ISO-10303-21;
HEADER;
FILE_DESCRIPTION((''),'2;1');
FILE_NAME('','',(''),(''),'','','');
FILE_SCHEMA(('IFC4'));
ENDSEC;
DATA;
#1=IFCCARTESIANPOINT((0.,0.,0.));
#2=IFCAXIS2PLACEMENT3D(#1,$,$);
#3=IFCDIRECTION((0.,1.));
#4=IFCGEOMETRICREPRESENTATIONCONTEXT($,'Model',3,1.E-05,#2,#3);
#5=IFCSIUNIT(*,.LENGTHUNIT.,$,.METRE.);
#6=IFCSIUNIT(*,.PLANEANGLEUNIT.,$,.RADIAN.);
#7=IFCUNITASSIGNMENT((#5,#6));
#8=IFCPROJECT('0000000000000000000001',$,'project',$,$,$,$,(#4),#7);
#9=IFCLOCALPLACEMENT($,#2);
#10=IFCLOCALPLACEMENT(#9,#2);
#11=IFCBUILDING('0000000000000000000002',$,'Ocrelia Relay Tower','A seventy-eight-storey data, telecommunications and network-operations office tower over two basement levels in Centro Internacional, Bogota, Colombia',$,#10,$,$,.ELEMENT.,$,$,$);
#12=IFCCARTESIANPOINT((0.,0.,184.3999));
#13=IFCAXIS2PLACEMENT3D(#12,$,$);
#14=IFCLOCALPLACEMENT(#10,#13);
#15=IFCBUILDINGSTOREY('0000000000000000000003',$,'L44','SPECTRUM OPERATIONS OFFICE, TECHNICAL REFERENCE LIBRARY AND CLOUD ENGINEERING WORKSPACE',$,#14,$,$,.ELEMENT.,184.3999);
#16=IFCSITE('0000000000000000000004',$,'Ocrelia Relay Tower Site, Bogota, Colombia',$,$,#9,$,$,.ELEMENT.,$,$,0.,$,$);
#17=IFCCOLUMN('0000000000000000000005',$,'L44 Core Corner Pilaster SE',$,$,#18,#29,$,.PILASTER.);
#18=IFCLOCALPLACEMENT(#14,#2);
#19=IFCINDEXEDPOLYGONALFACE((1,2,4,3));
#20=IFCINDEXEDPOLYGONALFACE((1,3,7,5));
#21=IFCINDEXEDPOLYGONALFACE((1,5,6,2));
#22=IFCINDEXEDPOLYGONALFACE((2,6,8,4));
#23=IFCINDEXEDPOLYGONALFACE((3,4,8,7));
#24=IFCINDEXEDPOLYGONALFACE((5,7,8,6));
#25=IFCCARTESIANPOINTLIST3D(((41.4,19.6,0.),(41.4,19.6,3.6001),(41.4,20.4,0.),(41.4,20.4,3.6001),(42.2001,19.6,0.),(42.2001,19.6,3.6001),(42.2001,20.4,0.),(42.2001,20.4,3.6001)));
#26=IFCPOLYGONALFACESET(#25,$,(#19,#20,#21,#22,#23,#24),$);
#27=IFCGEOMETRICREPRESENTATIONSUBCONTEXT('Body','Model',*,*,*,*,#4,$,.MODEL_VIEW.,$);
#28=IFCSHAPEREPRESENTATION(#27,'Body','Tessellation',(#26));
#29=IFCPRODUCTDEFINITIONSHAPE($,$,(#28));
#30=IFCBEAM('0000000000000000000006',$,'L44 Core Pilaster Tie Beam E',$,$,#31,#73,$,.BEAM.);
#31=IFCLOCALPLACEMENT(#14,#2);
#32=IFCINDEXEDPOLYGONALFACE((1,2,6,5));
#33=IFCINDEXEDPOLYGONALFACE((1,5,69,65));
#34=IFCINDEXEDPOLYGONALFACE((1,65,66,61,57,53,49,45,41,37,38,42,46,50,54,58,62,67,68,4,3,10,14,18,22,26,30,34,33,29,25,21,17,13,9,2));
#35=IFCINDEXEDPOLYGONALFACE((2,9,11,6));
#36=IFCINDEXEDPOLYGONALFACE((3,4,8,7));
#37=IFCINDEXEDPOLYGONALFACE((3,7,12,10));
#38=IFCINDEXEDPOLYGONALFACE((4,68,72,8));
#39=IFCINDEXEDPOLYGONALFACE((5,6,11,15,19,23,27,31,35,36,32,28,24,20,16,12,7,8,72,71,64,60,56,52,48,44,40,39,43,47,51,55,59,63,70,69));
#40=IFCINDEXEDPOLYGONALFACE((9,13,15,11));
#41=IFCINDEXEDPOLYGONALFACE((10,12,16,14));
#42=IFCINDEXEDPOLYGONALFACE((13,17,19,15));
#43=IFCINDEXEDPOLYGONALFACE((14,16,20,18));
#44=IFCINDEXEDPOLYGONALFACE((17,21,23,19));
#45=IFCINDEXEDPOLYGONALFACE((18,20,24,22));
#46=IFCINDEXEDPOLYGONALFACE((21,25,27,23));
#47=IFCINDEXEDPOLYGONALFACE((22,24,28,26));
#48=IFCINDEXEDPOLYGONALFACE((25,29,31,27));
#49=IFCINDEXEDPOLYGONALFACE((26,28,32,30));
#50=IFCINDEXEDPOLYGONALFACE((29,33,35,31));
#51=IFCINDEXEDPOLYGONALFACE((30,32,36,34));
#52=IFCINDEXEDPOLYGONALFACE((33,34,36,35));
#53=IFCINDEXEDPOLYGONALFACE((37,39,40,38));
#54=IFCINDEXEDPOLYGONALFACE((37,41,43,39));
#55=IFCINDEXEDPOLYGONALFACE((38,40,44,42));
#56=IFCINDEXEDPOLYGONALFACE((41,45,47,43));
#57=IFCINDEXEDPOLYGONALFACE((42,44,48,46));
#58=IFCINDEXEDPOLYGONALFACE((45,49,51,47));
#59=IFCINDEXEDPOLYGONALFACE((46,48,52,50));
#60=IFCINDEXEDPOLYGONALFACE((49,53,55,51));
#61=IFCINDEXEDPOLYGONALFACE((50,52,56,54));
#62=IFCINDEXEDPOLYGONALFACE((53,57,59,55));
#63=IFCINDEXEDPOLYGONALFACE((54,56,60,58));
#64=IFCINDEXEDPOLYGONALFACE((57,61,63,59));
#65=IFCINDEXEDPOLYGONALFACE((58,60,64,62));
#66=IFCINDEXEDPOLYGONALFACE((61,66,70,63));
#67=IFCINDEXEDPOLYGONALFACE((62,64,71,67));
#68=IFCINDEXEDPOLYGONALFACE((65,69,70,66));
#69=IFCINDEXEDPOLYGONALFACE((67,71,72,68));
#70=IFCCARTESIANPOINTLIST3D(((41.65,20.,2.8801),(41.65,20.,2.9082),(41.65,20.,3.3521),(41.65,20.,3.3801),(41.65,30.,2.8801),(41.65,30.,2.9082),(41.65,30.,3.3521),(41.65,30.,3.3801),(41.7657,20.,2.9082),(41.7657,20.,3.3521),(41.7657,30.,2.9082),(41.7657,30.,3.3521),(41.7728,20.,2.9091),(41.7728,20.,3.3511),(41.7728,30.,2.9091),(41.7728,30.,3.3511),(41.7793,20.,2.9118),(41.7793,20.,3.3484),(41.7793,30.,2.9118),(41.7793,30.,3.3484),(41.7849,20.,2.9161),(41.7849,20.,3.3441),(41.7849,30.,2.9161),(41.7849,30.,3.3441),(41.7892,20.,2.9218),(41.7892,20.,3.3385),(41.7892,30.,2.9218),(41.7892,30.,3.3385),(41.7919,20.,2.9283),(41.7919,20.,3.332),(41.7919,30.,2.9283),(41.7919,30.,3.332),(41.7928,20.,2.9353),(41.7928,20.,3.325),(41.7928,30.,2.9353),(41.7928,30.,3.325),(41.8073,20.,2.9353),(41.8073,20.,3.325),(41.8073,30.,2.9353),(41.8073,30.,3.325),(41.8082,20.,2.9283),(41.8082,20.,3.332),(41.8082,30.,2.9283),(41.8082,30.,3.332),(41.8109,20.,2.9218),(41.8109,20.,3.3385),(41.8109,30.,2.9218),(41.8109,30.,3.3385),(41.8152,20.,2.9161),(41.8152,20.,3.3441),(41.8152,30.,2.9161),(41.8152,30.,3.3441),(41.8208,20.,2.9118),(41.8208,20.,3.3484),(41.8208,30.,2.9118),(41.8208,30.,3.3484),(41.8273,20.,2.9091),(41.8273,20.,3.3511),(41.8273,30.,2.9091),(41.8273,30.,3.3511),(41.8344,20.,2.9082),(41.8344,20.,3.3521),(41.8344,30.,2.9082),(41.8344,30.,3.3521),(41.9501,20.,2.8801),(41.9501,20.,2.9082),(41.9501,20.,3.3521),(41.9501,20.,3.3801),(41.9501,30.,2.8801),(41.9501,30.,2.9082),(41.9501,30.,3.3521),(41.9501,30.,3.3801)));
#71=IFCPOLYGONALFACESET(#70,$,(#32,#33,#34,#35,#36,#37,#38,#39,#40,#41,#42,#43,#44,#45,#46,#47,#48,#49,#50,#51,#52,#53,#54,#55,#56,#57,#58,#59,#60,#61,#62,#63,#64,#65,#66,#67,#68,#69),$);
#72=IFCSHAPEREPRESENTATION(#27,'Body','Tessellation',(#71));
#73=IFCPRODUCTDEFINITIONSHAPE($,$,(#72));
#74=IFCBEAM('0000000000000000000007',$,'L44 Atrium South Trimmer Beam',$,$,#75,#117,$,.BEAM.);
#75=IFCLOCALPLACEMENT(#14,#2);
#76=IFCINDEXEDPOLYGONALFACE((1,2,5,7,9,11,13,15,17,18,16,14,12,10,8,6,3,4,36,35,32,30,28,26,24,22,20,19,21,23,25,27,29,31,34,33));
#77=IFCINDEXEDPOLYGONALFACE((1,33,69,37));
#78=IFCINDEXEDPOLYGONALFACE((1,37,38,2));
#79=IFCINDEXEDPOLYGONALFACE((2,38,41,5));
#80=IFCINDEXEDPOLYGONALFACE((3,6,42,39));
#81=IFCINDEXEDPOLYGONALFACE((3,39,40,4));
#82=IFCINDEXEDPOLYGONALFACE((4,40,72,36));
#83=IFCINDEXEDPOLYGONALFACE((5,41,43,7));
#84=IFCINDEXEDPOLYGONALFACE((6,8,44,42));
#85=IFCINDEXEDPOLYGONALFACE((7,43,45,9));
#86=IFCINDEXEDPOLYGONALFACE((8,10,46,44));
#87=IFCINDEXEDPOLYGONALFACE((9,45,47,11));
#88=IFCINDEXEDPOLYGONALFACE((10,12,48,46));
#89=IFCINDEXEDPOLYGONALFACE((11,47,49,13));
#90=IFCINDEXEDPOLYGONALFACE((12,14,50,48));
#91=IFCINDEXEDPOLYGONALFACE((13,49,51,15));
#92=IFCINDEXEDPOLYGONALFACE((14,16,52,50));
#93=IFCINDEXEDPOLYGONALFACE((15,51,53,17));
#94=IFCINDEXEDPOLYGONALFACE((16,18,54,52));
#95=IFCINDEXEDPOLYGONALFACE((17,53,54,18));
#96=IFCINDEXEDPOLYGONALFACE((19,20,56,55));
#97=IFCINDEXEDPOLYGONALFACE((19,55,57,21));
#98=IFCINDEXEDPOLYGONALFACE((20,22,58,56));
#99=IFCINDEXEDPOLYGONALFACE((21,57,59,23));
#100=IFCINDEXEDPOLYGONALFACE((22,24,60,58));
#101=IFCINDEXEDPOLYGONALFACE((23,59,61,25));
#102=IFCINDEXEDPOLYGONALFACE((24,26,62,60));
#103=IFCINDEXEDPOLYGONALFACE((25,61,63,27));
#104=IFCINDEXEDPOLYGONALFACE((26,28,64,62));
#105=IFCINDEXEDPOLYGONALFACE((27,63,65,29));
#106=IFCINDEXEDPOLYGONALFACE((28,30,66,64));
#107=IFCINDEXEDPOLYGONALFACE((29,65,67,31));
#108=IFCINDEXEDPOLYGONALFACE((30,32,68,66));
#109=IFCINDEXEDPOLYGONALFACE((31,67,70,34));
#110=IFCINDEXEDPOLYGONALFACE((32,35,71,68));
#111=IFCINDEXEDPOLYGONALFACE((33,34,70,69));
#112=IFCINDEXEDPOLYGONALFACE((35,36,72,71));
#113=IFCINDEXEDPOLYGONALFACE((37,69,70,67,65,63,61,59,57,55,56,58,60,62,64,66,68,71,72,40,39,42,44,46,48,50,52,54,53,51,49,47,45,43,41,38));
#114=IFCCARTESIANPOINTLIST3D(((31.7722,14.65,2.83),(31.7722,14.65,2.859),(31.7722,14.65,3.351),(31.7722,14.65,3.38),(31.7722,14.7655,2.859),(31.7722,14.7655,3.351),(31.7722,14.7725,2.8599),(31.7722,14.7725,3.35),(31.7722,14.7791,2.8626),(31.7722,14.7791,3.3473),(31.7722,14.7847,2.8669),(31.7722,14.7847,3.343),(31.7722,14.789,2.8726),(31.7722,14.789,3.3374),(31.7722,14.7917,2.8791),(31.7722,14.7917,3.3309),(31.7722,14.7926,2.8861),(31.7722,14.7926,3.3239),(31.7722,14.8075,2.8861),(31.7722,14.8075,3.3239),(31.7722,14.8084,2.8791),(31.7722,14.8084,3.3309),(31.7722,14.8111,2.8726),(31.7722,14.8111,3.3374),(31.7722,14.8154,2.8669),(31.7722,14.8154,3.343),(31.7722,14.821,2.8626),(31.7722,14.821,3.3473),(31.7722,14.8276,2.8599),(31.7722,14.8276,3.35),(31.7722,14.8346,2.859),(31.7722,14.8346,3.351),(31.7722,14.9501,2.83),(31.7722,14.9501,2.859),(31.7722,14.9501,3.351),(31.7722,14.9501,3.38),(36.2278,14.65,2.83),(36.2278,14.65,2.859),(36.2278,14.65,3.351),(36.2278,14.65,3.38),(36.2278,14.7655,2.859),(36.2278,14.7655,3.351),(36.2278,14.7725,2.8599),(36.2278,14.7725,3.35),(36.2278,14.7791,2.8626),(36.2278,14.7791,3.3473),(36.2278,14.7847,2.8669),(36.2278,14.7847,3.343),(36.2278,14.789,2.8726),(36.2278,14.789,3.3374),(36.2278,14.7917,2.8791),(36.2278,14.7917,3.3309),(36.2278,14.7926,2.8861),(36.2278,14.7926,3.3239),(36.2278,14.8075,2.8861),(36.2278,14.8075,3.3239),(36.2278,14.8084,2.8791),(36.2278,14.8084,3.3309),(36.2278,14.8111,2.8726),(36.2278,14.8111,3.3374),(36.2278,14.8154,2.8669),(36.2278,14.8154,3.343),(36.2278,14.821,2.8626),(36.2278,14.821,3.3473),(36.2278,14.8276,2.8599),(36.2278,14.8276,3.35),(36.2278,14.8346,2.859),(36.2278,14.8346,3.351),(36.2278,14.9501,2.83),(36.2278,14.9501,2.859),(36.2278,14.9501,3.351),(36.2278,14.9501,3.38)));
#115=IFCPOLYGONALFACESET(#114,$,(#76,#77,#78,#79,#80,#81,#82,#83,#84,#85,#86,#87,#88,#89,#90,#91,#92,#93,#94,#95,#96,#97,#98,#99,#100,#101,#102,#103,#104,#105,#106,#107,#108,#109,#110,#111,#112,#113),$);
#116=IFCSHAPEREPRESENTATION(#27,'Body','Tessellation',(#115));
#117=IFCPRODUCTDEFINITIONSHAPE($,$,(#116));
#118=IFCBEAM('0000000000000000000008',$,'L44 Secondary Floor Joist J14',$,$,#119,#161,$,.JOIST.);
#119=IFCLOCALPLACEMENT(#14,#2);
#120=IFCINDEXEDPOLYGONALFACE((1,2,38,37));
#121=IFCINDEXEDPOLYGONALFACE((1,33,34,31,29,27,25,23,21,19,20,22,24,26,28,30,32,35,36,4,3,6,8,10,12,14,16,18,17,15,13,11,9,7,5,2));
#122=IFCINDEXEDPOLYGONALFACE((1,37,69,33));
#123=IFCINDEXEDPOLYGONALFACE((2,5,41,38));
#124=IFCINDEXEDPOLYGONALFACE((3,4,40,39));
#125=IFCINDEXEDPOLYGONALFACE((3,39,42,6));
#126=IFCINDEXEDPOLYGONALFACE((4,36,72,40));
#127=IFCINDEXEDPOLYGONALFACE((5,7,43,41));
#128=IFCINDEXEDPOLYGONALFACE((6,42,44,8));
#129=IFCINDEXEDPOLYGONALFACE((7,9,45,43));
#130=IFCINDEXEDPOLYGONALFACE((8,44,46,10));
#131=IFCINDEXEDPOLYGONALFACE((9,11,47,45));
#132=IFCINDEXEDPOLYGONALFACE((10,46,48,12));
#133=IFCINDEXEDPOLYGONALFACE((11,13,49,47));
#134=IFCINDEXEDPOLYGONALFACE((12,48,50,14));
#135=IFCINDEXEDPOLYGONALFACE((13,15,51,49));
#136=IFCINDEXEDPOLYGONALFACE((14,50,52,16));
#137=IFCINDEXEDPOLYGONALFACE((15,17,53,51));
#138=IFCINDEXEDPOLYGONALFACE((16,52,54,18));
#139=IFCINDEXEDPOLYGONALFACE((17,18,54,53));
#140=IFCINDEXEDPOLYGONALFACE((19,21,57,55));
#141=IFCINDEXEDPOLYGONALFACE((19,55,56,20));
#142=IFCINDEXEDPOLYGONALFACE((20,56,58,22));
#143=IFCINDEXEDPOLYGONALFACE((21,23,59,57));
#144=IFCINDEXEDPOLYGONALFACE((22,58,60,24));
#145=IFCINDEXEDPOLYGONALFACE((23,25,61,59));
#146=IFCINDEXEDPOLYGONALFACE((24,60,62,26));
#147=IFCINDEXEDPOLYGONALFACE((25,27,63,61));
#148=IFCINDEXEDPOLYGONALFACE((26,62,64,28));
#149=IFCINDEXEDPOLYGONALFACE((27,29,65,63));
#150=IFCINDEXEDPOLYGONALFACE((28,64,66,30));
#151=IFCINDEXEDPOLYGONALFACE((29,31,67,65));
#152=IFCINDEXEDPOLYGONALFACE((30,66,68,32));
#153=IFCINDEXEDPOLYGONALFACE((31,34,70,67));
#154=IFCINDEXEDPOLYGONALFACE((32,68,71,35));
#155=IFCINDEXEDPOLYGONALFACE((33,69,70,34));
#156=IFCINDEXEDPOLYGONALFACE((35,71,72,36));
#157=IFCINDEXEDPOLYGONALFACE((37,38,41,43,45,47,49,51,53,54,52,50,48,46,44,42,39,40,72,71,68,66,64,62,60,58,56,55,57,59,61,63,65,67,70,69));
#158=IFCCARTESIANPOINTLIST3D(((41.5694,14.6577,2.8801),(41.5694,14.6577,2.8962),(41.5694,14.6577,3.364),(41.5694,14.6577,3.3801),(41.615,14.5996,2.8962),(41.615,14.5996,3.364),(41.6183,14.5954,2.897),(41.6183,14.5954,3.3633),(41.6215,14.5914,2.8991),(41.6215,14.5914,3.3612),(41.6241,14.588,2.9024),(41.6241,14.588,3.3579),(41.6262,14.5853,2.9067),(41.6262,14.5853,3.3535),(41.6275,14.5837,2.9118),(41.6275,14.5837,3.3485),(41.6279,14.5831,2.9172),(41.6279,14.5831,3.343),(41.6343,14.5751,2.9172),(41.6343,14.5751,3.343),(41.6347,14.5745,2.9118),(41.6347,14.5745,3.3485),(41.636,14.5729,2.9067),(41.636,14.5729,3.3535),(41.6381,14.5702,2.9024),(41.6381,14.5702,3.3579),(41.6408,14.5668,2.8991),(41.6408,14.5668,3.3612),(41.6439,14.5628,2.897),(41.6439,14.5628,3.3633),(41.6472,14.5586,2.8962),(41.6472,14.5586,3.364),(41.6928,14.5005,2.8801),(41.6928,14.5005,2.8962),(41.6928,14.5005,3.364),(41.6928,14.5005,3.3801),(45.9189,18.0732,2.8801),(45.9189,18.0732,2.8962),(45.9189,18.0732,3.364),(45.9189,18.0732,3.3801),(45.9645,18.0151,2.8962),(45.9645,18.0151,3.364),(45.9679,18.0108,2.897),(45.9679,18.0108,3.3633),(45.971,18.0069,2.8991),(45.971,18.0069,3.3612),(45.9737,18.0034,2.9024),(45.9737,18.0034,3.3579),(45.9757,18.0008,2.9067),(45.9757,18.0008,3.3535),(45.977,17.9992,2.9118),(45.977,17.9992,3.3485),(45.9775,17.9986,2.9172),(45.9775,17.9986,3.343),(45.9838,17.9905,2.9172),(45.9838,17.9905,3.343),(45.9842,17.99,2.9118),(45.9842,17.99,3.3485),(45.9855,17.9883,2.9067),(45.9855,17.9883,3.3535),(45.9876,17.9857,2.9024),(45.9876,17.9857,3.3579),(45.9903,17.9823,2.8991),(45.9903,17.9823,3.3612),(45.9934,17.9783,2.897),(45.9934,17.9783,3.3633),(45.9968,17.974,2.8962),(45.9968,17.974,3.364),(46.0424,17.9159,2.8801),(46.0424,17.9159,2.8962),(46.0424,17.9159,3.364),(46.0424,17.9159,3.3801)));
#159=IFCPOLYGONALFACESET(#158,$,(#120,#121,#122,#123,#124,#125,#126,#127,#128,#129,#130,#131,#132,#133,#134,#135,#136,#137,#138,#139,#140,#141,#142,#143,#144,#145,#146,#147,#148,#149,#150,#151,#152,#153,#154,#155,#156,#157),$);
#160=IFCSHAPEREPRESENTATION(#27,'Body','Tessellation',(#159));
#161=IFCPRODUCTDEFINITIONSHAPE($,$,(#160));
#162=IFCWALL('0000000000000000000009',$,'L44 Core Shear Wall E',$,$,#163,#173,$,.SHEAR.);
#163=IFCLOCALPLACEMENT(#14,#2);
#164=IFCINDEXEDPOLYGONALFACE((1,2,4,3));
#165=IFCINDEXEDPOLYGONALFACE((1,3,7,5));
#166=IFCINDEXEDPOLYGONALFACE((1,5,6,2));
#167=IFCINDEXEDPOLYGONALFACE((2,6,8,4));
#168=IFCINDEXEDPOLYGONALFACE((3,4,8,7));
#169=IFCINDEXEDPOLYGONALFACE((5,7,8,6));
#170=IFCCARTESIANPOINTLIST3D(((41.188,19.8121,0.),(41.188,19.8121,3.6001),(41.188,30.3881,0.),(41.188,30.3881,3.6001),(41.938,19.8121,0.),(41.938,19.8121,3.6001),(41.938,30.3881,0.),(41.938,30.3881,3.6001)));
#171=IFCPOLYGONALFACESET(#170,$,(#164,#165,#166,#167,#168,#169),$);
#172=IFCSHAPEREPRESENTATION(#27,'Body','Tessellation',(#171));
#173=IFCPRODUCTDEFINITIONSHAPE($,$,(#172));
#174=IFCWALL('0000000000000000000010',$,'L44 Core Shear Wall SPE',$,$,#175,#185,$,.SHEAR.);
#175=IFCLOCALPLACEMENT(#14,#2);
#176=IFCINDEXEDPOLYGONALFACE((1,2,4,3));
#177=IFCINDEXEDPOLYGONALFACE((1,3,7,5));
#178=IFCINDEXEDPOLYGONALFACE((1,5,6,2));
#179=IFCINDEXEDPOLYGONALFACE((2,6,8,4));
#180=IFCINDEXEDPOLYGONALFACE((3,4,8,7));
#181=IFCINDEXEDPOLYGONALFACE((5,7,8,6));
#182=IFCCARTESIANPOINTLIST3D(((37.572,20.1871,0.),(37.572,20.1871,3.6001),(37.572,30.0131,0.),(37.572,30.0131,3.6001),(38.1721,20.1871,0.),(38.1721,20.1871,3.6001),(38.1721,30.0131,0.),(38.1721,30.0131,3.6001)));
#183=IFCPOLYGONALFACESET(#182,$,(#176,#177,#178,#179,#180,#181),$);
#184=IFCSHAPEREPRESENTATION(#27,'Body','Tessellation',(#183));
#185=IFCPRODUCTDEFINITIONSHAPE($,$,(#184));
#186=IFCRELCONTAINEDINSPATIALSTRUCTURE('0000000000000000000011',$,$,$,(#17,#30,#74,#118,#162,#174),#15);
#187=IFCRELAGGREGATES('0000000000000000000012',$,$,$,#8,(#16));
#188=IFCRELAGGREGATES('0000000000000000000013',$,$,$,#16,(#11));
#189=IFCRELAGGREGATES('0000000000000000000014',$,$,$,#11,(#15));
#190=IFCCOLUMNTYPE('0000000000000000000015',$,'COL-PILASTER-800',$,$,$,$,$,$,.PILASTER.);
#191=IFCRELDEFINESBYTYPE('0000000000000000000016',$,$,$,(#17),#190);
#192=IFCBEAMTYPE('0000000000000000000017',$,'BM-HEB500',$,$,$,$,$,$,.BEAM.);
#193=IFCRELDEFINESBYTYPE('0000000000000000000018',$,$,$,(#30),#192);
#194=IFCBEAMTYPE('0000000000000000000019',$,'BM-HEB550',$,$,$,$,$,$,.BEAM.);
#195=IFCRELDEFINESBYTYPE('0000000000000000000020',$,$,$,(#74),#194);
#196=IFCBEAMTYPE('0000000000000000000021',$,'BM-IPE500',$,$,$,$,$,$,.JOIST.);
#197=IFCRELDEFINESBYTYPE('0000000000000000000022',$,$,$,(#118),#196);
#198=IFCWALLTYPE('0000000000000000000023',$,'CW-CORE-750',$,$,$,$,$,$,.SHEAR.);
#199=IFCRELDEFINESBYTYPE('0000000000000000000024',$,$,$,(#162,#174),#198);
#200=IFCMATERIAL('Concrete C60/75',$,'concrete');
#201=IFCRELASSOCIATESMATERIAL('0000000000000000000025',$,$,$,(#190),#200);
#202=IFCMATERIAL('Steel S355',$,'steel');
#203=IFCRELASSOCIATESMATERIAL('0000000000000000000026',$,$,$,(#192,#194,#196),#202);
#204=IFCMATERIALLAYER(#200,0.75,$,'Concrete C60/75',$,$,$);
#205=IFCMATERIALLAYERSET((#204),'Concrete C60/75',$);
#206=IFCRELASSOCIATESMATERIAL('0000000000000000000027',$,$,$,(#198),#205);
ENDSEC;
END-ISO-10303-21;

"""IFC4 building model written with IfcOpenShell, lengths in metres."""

from ifc_helpers import new_model, si_unit, direction, frame, frame_2d, origin, origin_2d, place, context, subcontext, project, spatial, rectangle, i_section, extrude, material, layer, layer_set, material_profile, profile_set, type_object, element, save


model = new_model("IFC4")

# Units and contexts
model_context = context("Model", 3, precision=1e-05, world=origin(), true_north=direction((0.0, 1.0)))
body_context = subcontext(model_context, "Body", "Model", "MODEL_VIEW")
ifc_project = project(units=[si_unit("LENGTHUNIT", "METRE"), si_unit("PLANEANGLEUNIT", "RADIAN")], contexts=[model_context])

# Site, building, storey
site_placement = place(None, origin())
site = spatial("IfcSite", under=ifc_project, at=site_placement, Name="Ocrelia Relay Tower Site, Bogota, Colombia", CompositionType="ELEMENT", RefElevation=0.0)
building_placement = place(site_placement, origin())
building = spatial("IfcBuilding", under=site, at=building_placement, Name="Ocrelia Relay Tower", Description="A seventy-eight-storey data, telecommunications and network-operations office tower over two basement levels in Centro Internacional, Bogota, Colombia", CompositionType="ELEMENT")
storey_placement = place(building_placement, frame((0.0, 0.0, 184.3999)))
storey = spatial("IfcBuildingStorey", under=building, at=storey_placement, Name="L44", Description="SPECTRUM OPERATIONS OFFICE, TECHNICAL REFERENCE LIBRARY AND CLOUD ENGINEERING WORKSPACE", CompositionType="ELEMENT", Elevation=184.3999)

# Column
ifc_material_1 = material(Name="Concrete C60/75", Category="concrete")
ifc_material_profile_1 = material_profile(ifc_material_1, rectangle(XDim=0.8, YDim=0.8, at=origin_2d()), Name="RC-COL-800x800")
ifc_profile_set_1 = profile_set([ifc_material_profile_1], Name="Concrete C60/75")
column_type = type_object("IfcColumnType", Name="COL-PILASTER-800", PredefinedType="PILASTER", material=ifc_profile_set_1)
column_placement = place(storey_placement, frame((41.8, 20.0, 0.0), z_axis=(0.0, 0.0, 1.0), x_axis=(1.0, 0.0, 0.0)))
element("IfcColumn", 1, at=column_placement, inside=storey, type_object=column_type, Name="L44 Core Corner Pilaster SE", PredefinedType="PILASTER", context=body_context, shape_type="SweptSolid", body=[
    extrude(rectangle(XDim=0.8, YDim=0.8, at=origin_2d()), origin(), (0.0, 0.0, 1.0), 3.6001),
])

# Beams
ifc_material_2 = material(Name="Steel S355", Category="steel")
ifc_material_profile_2 = material_profile(ifc_material_2, i_section(OverallWidth=0.3, OverallDepth=0.5, WebThickness=0.0144, FlangeThickness=0.0281, FilletRadius=0.0271, at=origin_2d()), Name="HEB 500")
ifc_profile_set_2 = profile_set([ifc_material_profile_2], Name="Steel S355")
beam_type_1 = type_object("IfcBeamType", Name="BM-HEB500", PredefinedType="BEAM", material=ifc_profile_set_2)
beam_1_placement = place(storey_placement, frame((41.8, 20.0, 3.1301), z_axis=(0.0, 1.0, 0.0), x_axis=(-1.0, 0.0, 0.0)))
element("IfcBeam", 2, at=beam_1_placement, inside=storey, type_object=beam_type_1, Name="L44 Core Pilaster Tie Beam E", PredefinedType="BEAM", context=body_context, shape_type="SweptSolid", body=[
    extrude(i_section(OverallWidth=0.3, OverallDepth=0.5, WebThickness=0.0144, FlangeThickness=0.0281, FilletRadius=0.0271, at=origin_2d()), origin(), (0.0, 0.0, 1.0), 10.0),
])
ifc_material_profile_3 = material_profile(ifc_material_2, i_section(OverallWidth=0.3, OverallDepth=0.55, WebThickness=0.0149, FlangeThickness=0.0291, FilletRadius=0.0271, at=origin_2d()), Name="HEB 550")
ifc_profile_set_3 = profile_set([ifc_material_profile_3], Name="Steel S355")
beam_type_2 = type_object("IfcBeamType", Name="BM-HEB550", PredefinedType="BEAM", material=ifc_profile_set_3)
beam_2_placement = place(storey_placement, frame((31.7722, 14.8, 3.105), z_axis=(1.0, 0.0, 0.0), x_axis=(0.0, 1.0, 0.0)))
element("IfcBeam", 3, at=beam_2_placement, inside=storey, type_object=beam_type_2, Name="L44 Atrium South Trimmer Beam", PredefinedType="BEAM", context=body_context, shape_type="SweptSolid", body=[
    extrude(i_section(OverallWidth=0.3, OverallDepth=0.55, WebThickness=0.0149, FlangeThickness=0.0291, FilletRadius=0.0271, at=origin_2d()), origin(), (0.0, 0.0, 1.0), 4.4556),
])
ifc_material_profile_4 = material_profile(ifc_material_2, i_section(OverallWidth=0.2, OverallDepth=0.5, WebThickness=0.0103, FlangeThickness=0.0161, FilletRadius=0.021, at=origin_2d()), Name="IPE 500")
ifc_profile_set_4 = profile_set([ifc_material_profile_4], Name="Steel S355")
beam_type_3 = type_object("IfcBeamType", Name="BM-IPE500", PredefinedType="JOIST", material=ifc_profile_set_4)
beam_3_placement = place(storey_placement, frame((41.6311, 14.5791, 3.1301), z_axis=(0.786496, 0.617595, 0.0), x_axis=(-0.617595, 0.786496, 0.0)))
element("IfcBeam", 4, at=beam_3_placement, inside=storey, type_object=beam_type_3, Name="L44 Secondary Floor Joist J14", PredefinedType="JOIST", context=body_context, shape_type="SweptSolid", body=[
    extrude(i_section(OverallWidth=0.2, OverallDepth=0.5, WebThickness=0.0103, FlangeThickness=0.0161, FilletRadius=0.021, at=origin_2d()), origin(), (0.0, 0.0, 1.0), 5.5303),
])

# Walls
ifc_layer_1 = layer(ifc_material_1, 0.75, Name="Concrete C60/75")
ifc_layer_set_1 = layer_set([ifc_layer_1], Name="Concrete C60/75")
wall_type_1 = type_object("IfcWallType", Name="CW-CORE-750", PredefinedType="SHEAR", material=ifc_layer_set_1)
wall_1_placement = place(storey_placement, frame((41.563, 19.812, 0.0), z_axis=(0.0, 0.0, 1.0), x_axis=(0.0, 1.0, 0.0)))
element("IfcWall", 5, at=wall_1_placement, inside=storey, type_object=wall_type_1, Name="L44 Core Shear Wall E", PredefinedType="SHEAR", context=body_context, shape_type="SweptSolid", body=[
    extrude(rectangle(XDim=10.5759, YDim=0.75, at=frame_2d((5.2881, 0.0))), origin(), (0.0, 0.0, 1.0), 3.6001),
])
wall_2_placement = place(storey_placement, frame((37.8721, 20.187, 0.0), z_axis=(0.0, 0.0, 1.0), x_axis=(0.0, 1.0, 0.0)))
element("IfcWall", 6, at=wall_2_placement, inside=storey, type_object=wall_type_1, Name="L44 Core Shear Wall SPE", PredefinedType="SHEAR", context=body_context, shape_type="SweptSolid", body=[
    extrude(rectangle(XDim=9.8259, YDim=0.6001, at=frame_2d((4.9131, 0.0))), origin(), (0.0, 0.0, 1.0), 3.6001),
])

save(model, "model.ifc")
